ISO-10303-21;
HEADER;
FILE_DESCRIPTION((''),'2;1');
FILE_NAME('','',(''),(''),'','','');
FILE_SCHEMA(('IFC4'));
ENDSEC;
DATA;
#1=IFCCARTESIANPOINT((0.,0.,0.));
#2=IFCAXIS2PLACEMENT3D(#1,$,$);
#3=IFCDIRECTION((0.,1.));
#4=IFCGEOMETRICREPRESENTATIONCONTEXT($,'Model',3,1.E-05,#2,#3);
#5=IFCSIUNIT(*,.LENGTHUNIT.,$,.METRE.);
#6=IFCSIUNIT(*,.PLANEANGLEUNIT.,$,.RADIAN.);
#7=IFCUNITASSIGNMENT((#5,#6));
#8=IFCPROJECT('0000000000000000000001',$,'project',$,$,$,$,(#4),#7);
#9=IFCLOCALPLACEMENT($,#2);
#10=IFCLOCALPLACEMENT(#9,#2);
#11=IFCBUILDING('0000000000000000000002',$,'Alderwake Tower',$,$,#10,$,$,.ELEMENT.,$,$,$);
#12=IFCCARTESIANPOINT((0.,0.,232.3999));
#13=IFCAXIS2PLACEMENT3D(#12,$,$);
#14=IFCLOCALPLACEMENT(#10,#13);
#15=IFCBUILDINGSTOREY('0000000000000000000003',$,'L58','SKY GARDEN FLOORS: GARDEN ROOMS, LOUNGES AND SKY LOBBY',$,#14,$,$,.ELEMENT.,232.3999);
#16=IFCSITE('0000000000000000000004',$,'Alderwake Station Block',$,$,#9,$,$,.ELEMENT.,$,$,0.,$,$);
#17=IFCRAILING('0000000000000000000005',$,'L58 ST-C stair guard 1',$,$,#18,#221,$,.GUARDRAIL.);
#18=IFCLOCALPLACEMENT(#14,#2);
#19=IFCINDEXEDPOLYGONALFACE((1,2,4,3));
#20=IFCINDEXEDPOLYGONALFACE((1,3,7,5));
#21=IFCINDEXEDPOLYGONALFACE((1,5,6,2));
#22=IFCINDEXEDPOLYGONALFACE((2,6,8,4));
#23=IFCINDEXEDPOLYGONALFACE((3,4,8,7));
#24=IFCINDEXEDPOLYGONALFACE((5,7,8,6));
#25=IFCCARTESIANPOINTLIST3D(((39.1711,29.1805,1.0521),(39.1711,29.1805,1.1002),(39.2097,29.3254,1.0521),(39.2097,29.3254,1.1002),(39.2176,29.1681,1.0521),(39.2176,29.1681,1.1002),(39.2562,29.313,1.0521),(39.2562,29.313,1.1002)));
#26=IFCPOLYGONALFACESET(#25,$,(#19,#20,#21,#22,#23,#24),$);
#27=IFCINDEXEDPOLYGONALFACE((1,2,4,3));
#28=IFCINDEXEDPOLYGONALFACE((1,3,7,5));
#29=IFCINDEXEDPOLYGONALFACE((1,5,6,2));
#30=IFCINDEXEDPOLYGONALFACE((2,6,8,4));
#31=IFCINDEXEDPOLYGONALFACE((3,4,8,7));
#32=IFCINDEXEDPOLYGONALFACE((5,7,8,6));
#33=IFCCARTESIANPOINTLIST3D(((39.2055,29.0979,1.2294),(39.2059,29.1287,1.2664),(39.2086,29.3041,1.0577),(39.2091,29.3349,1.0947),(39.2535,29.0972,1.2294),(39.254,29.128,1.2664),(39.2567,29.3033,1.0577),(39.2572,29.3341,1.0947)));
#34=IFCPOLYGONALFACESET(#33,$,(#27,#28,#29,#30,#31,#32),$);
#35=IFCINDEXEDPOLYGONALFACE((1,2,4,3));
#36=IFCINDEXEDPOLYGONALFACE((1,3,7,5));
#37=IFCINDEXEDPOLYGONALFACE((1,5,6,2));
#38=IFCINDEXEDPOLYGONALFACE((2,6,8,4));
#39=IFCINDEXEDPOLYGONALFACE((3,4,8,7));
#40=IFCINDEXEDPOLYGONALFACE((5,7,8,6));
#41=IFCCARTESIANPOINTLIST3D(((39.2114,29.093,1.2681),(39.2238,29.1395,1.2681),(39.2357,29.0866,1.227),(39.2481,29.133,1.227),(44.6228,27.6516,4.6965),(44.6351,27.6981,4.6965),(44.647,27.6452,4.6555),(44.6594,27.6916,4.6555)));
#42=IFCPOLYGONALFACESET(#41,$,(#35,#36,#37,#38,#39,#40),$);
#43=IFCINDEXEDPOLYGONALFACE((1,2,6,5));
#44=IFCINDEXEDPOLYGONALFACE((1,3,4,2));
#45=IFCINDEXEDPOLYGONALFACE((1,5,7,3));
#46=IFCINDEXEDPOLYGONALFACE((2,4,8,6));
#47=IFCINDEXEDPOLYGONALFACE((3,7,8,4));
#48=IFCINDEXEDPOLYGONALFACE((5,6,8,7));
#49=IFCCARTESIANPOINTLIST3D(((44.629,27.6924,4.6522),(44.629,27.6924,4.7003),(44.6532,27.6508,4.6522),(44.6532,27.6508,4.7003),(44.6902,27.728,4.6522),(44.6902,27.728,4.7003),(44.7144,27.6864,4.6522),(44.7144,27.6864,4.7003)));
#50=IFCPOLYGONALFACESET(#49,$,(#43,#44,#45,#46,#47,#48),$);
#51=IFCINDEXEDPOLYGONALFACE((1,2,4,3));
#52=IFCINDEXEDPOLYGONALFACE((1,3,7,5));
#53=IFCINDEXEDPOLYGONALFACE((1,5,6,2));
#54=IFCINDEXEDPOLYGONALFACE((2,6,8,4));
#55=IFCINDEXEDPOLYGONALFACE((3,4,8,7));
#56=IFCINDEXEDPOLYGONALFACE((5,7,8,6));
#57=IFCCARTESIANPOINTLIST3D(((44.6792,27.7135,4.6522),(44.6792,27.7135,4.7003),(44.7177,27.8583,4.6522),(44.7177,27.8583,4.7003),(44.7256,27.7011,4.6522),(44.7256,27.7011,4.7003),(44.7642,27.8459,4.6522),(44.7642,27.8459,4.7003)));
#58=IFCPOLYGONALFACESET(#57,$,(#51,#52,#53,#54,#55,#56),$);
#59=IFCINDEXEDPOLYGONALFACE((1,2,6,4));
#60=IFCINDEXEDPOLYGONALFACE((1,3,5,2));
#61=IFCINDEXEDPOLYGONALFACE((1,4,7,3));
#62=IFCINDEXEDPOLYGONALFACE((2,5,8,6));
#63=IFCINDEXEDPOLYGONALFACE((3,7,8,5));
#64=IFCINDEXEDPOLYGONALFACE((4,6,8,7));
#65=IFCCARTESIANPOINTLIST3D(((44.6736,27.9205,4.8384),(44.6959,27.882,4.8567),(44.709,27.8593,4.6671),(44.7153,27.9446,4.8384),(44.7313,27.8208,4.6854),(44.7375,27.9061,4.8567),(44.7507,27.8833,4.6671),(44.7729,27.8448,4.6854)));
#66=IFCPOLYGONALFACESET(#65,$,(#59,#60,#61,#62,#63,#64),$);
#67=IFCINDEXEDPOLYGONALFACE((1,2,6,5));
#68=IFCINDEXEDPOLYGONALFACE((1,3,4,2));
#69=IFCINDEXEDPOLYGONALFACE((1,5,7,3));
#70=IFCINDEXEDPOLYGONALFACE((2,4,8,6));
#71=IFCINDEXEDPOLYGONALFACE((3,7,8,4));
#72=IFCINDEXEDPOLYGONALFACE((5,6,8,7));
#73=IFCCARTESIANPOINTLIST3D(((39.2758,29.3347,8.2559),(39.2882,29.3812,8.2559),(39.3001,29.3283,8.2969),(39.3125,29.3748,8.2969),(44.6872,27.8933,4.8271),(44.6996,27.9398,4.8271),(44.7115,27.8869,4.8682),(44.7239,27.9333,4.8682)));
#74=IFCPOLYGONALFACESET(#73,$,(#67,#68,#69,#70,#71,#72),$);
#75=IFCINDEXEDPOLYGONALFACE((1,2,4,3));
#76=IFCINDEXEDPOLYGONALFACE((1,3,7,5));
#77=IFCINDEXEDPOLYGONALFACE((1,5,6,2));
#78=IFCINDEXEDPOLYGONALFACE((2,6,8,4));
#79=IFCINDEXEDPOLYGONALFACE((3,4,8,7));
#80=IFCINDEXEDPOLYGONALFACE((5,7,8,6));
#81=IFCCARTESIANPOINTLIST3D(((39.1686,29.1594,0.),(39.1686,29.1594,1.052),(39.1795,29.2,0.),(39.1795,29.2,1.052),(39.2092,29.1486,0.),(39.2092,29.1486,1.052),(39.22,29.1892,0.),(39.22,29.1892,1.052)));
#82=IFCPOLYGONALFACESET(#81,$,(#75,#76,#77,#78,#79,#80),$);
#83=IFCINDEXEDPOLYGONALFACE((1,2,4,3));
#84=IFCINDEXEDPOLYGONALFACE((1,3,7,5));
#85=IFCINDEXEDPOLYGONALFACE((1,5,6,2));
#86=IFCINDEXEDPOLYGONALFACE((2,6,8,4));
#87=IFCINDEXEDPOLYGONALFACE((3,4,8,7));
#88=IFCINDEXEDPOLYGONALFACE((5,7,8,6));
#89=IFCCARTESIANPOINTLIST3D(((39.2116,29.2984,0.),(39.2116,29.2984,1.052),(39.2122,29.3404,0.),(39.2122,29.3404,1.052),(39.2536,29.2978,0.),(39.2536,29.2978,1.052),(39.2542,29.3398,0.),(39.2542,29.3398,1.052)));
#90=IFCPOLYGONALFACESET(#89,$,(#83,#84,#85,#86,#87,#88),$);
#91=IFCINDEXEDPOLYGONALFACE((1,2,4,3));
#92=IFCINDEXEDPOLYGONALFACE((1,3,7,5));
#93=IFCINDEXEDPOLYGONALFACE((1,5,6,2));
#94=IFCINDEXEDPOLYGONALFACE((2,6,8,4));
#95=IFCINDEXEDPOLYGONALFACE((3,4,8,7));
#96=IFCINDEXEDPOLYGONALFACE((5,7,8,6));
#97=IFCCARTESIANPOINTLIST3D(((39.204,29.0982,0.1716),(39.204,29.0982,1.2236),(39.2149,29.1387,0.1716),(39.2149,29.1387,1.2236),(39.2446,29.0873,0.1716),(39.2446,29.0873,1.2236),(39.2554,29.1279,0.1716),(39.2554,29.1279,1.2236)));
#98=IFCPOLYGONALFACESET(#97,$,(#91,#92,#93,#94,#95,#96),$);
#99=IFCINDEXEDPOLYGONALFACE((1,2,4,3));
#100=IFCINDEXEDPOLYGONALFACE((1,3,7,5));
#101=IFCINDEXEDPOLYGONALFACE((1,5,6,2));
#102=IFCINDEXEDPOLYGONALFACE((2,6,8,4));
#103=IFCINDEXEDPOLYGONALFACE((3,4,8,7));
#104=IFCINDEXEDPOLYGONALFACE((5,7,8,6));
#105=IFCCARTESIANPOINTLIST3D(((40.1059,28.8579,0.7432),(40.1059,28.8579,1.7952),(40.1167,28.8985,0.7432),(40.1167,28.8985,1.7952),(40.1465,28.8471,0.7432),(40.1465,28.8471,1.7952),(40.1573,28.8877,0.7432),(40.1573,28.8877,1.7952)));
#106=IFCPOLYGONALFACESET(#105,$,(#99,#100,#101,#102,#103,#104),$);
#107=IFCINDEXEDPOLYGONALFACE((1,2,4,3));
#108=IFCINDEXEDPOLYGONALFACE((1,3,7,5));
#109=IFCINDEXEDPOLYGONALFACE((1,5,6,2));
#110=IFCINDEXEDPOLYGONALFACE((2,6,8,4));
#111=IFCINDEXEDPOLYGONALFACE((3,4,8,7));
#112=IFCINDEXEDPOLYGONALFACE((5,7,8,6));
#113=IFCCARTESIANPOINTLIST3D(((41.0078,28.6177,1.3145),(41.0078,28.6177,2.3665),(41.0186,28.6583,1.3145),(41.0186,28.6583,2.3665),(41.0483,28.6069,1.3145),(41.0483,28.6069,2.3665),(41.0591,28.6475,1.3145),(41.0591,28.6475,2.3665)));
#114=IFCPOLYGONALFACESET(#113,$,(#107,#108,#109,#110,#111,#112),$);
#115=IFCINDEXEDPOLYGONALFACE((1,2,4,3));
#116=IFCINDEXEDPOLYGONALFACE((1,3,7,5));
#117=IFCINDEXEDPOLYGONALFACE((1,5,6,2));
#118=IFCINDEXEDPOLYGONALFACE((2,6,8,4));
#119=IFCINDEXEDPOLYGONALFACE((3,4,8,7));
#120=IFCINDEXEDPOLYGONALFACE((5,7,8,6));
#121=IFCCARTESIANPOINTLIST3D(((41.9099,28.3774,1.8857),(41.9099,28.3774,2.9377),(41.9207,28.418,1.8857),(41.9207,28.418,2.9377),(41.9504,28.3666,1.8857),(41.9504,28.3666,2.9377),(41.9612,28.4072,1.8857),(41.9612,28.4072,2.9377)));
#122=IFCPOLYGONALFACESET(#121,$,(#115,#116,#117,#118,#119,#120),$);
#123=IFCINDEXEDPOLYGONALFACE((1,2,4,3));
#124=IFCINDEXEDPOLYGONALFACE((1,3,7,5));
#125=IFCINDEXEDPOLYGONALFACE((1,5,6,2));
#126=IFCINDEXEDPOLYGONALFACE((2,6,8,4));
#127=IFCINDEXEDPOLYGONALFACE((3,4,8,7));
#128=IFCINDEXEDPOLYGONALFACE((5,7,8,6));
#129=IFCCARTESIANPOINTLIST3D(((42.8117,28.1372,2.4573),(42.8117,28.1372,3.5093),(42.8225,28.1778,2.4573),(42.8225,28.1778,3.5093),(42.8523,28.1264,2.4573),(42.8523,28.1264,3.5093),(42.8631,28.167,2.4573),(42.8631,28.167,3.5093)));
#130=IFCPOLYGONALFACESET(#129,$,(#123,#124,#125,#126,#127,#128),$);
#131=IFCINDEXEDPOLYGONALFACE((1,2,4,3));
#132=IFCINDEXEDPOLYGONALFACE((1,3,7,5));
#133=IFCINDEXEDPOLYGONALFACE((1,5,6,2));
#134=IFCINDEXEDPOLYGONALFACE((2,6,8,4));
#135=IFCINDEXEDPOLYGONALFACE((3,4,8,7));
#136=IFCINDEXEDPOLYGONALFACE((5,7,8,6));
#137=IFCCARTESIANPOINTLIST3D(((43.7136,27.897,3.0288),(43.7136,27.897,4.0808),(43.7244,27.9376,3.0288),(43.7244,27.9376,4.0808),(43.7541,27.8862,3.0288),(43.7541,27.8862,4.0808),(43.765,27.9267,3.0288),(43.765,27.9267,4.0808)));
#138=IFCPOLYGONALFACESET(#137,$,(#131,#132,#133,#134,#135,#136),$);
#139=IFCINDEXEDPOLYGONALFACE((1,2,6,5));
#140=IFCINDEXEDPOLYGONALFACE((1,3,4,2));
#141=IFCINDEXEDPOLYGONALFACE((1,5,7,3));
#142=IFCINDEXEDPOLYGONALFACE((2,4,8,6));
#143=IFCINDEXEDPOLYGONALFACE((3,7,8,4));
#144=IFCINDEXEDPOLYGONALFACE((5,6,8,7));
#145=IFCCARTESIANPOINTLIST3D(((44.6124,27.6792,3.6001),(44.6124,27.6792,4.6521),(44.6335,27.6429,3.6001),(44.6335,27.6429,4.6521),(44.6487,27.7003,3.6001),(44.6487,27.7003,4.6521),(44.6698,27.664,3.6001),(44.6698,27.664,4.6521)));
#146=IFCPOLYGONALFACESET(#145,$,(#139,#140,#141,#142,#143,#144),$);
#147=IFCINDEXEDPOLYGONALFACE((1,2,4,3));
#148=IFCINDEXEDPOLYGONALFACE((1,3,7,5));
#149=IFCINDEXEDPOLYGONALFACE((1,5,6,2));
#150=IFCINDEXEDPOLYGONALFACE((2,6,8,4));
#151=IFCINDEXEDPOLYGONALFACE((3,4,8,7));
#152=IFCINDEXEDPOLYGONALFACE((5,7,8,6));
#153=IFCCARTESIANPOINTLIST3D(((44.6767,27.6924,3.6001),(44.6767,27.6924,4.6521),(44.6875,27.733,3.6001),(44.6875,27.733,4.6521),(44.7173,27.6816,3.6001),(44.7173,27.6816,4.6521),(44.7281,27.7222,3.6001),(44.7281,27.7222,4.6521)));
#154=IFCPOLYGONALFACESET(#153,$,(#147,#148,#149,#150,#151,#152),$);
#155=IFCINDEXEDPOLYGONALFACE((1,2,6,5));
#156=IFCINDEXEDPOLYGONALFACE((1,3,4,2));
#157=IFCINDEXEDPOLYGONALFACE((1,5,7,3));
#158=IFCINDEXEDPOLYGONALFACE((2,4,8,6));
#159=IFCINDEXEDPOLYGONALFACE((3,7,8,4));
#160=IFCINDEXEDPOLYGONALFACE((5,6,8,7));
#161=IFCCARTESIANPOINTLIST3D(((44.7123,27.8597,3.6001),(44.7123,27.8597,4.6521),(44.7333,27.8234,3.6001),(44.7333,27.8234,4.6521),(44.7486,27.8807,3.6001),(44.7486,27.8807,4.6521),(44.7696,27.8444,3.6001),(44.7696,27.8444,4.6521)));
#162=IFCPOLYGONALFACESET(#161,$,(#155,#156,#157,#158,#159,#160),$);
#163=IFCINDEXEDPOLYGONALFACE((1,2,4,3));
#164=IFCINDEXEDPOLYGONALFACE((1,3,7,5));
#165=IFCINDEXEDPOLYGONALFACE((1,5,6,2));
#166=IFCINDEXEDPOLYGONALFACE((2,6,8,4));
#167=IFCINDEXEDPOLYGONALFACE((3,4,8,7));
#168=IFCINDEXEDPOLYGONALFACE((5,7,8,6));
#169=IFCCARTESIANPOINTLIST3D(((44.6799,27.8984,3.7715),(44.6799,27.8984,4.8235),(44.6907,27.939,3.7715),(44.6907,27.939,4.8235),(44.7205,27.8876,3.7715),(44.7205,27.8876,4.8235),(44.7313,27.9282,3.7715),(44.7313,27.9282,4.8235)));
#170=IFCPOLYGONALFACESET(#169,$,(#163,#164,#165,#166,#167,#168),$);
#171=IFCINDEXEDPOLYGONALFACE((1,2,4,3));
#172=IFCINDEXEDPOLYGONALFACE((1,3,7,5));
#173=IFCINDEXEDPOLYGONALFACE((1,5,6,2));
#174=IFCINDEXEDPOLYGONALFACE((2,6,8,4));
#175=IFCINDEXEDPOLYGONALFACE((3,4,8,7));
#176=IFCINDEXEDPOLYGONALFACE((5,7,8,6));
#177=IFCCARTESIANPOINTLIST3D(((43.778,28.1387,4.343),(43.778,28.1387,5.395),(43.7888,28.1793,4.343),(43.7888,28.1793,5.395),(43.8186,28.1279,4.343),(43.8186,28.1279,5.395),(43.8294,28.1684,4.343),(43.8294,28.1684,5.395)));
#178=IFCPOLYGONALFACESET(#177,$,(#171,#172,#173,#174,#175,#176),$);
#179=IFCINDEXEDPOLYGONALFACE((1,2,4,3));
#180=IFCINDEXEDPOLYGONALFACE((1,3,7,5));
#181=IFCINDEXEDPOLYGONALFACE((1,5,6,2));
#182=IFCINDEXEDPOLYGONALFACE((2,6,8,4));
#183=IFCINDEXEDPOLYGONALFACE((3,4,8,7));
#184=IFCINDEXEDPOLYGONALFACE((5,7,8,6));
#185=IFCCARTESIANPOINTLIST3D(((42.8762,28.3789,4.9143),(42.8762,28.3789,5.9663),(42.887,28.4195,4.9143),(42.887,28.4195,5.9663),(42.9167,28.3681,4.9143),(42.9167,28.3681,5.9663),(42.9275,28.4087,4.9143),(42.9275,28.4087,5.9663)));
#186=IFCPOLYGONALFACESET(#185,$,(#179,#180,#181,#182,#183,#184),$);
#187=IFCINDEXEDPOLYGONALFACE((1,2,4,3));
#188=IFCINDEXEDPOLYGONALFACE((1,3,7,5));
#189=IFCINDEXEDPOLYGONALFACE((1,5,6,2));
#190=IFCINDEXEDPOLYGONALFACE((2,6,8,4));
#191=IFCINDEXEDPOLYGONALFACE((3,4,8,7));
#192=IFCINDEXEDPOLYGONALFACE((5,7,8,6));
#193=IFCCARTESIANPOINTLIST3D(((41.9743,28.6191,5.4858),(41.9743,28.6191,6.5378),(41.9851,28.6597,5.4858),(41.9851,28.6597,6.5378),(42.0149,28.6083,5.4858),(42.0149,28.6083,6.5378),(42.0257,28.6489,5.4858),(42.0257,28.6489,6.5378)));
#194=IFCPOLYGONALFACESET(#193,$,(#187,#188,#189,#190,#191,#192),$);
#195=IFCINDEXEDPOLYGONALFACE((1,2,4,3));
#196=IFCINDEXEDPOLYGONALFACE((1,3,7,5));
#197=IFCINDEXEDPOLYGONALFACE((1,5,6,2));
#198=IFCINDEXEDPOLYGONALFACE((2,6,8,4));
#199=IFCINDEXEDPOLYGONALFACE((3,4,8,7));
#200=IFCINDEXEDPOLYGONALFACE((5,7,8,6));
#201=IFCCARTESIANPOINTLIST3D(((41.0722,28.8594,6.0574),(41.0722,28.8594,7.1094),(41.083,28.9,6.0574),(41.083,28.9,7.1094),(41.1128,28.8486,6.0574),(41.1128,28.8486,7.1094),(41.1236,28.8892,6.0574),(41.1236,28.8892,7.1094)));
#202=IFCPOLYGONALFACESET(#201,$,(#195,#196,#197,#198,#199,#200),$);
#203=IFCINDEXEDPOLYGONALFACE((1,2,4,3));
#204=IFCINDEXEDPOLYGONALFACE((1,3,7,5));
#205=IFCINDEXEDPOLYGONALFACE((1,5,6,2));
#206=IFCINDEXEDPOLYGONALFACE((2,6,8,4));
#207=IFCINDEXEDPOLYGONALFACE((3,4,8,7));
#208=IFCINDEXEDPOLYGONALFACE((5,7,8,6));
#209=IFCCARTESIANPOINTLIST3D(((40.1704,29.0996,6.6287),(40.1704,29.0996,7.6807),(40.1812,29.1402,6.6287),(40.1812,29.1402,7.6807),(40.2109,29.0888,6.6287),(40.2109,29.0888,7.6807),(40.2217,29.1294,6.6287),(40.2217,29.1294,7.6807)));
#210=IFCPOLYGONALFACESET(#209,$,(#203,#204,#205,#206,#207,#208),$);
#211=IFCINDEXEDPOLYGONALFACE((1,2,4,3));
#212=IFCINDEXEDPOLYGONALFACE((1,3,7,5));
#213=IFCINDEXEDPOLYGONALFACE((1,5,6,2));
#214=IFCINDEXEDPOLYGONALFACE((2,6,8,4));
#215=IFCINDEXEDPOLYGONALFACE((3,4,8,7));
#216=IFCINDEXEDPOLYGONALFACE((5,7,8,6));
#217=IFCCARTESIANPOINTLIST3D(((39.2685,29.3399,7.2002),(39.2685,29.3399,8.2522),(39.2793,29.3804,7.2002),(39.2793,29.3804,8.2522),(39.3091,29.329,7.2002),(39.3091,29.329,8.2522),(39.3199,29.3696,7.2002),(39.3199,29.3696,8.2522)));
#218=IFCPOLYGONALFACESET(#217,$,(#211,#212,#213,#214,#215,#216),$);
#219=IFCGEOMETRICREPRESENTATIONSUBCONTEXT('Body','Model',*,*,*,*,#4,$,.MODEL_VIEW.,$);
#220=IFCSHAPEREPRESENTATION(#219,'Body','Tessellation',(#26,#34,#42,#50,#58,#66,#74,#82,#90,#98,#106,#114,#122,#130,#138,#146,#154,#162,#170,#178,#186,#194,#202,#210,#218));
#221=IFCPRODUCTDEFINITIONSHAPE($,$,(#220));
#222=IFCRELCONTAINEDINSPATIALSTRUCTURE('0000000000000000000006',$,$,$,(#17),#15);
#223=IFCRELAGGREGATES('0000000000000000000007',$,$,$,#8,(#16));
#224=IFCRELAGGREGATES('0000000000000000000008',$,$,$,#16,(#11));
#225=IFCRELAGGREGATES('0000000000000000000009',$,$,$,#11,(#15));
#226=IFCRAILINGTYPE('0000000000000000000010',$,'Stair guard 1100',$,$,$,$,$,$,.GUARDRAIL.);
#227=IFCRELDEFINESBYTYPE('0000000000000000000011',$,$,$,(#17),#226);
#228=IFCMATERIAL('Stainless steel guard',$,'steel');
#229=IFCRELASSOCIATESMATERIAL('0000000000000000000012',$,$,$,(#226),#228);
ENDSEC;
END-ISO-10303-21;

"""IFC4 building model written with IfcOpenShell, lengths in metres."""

from ifc_helpers import new_model, si_unit, direction, frame, origin, origin_2d, place, context, subcontext, project, spatial, rectangle, extrude, material, type_object, element, save


model = new_model("IFC4")

# Units and contexts
model_context = context("Model", 3, precision=1e-05, world=origin(), true_north=direction((0.0, 1.0)))
body_context = subcontext(model_context, "Body", "Model", "MODEL_VIEW")
ifc_project = project(units=[si_unit("LENGTHUNIT", "METRE"), si_unit("PLANEANGLEUNIT", "RADIAN")], contexts=[model_context])

# Site, building, storey
site_placement = place(None, origin())
site = spatial("IfcSite", under=ifc_project, at=site_placement, Name="Alderwake Station Block", CompositionType="ELEMENT", RefElevation=0.0)
building_placement = place(site_placement, origin())
building = spatial("IfcBuilding", under=site, at=building_placement, Name="Alderwake Tower", CompositionType="ELEMENT")
storey_placement = place(building_placement, frame((0.0, 0.0, 232.3999)))
storey = spatial("IfcBuildingStorey", under=building, at=storey_placement, Name="L58", Description="SKY GARDEN FLOORS: GARDEN ROOMS, LOUNGES AND SKY LOBBY", CompositionType="ELEMENT", Elevation=232.3999)

# Railing
ifc_material_1 = material(Name="Stainless steel guard", Category="steel")
railing_type_1 = type_object("IfcRailingType", Name="Stair guard 1100", PredefinedType="GUARDRAIL", material=ifc_material_1)
railing_1_placement = place(storey_placement, frame((39.1943, 29.1743, 0.0)))
element("IfcRailing", 1, at=railing_1_placement, inside=storey, type_object=railing_type_1, Name="L58 ST-C stair guard 1", PredefinedType="GUARDRAIL", context=body_context, shape_type="SweptSolid", body=[
    extrude(rectangle(XDim=0.0481, YDim=0.0481, at=origin_2d()), frame((0.0, 0.0, 1.0762), z_axis=(0.25746, 0.966289, 0.0), x_axis=(-0.966289, 0.25746, 0.0)), (0.0, 0.0, 1.0), 0.1499),
    extrude(rectangle(XDim=0.0481, YDim=0.0481, at=origin_2d()), frame((0.0386, 0.1448, 1.0762), z_axis=(-0.011834, -0.768317, 0.63996), x_axis=(0.999881, -0.015401, 0.0)), (0.0, 0.0, 1.0), 0.2683),
    extrude(rectangle(XDim=0.0481, YDim=0.0481, at=origin_2d()), frame((0.0354, -0.0613, 1.2476), z_axis=(0.824126, -0.219519, 0.522138), x_axis=(0.257391, 0.966307, 0.0)), (0.0, 0.0, 1.0), 6.5662),
    extrude(rectangle(XDim=0.0481, YDim=0.0481, at=origin_2d()), frame((5.4468, -1.5027, 4.6763), z_axis=(0.864403, 0.5028, 0.0), x_axis=(-0.5028, 0.864403, 0.0)), (0.0, 0.0, 1.0), 0.0708),
    extrude(rectangle(XDim=0.0481, YDim=0.0481, at=origin_2d()), frame((5.5081, -1.467, 4.6763), z_axis=(0.25746, 0.966289, 0.0), x_axis=(-0.966289, 0.25746, 0.0)), (0.0, 0.0, 1.0), 0.1499),
    extrude(rectangle(XDim=0.0481, YDim=0.0481, at=origin_2d()), frame((5.5466, -1.3223, 4.6763), z_axis=(-0.190917, 0.330484, 0.924301), x_axis=(-0.865898, -0.50022, 0.0)), (0.0, 0.0, 1.0), 0.1853),
    extrude(rectangle(XDim=0.0481, YDim=0.0481, at=origin_2d()), frame((5.5112, -1.261, 4.8477), z_axis=(-0.82411, 0.219515, 0.522165), x_axis=(-0.257391, -0.966307, 0.0)), (0.0, 0.0, 1.0), 6.5664),
    extrude(rectangle(XDim=0.042, YDim=0.042, at=origin_2d()), frame((0.0, 0.0, 0.0), z_axis=(0.0, 0.0, 1.0), x_axis=(0.25746, 0.966289, 0.0)), (0.0, 0.0, 1.0), 1.052),
    extrude(rectangle(XDim=0.042, YDim=0.042, at=origin_2d()), frame((0.0386, 0.1448, 0.0), z_axis=(0.0, 0.0, 1.0), x_axis=(-0.015401, -0.999881, 0.0)), (0.0, 0.0, 1.0), 1.052),
    extrude(rectangle(XDim=0.042, YDim=0.042, at=origin_2d()), frame((0.0354, -0.0613, 0.1716), z_axis=(0.0, 0.0, 1.0), x_axis=(0.966307, -0.257391, 0.0)), (0.0, 0.0, 1.0), 1.052),
    extrude(rectangle(XDim=0.042, YDim=0.042, at=origin_2d()), frame((0.9373, -0.3015, 0.7432), z_axis=(0.0, 0.0, 1.0), x_axis=(0.966307, -0.257391, 0.0)), (0.0, 0.0, 1.0), 1.052),
    extrude(rectangle(XDim=0.042, YDim=0.042, at=origin_2d()), frame((1.8391, -0.5417, 1.3145), z_axis=(0.0, 0.0, 1.0), x_axis=(0.966307, -0.257391, 0.0)), (0.0, 0.0, 1.0), 1.052),
    extrude(rectangle(XDim=0.042, YDim=0.042, at=origin_2d()), frame((2.7412, -0.782, 1.8857), z_axis=(0.0, 0.0, 1.0), x_axis=(0.966307, -0.257391, 0.0)), (0.0, 0.0, 1.0), 1.052),
    extrude(rectangle(XDim=0.042, YDim=0.042, at=origin_2d()), frame((3.6431, -1.0222, 2.4573), z_axis=(0.0, 0.0, 1.0), x_axis=(0.966307, -0.257391, 0.0)), (0.0, 0.0, 1.0), 1.052),
    extrude(rectangle(XDim=0.042, YDim=0.042, at=origin_2d()), frame((4.5449, -1.2625, 3.0288), z_axis=(0.0, 0.0, 1.0), x_axis=(0.966307, -0.257391, 0.0)), (0.0, 0.0, 1.0), 1.052),
    extrude(rectangle(XDim=0.042, YDim=0.042, at=origin_2d()), frame((5.4468, -1.5027, 3.6001), z_axis=(0.0, 0.0, 1.0), x_axis=(0.864403, 0.5028, 0.0)), (0.0, 0.0, 1.0), 1.052),
    extrude(rectangle(XDim=0.042, YDim=0.042, at=origin_2d()), frame((5.5081, -1.467, 3.6001), z_axis=(0.0, 0.0, 1.0), x_axis=(0.25746, 0.966289, 0.0)), (0.0, 0.0, 1.0), 1.052),
    extrude(rectangle(XDim=0.042, YDim=0.042, at=origin_2d()), frame((5.5466, -1.3223, 3.6001), z_axis=(0.0, 0.0, 1.0), x_axis=(-0.50022, 0.865898, 0.0)), (0.0, 0.0, 1.0), 1.052),
    extrude(rectangle(XDim=0.042, YDim=0.042, at=origin_2d()), frame((5.5112, -1.261, 3.7715), z_axis=(0.0, 0.0, 1.0), x_axis=(-0.966307, 0.257391, 0.0)), (0.0, 0.0, 1.0), 1.052),
    extrude(rectangle(XDim=0.042, YDim=0.042, at=origin_2d()), frame((4.6094, -1.0208, 4.343), z_axis=(0.0, 0.0, 1.0), x_axis=(-0.966307, 0.257391, 0.0)), (0.0, 0.0, 1.0), 1.052),
    extrude(rectangle(XDim=0.042, YDim=0.042, at=origin_2d()), frame((3.7075, -0.7805, 4.9143), z_axis=(0.0, 0.0, 1.0), x_axis=(-0.966307, 0.257391, 0.0)), (0.0, 0.0, 1.0), 1.052),
    extrude(rectangle(XDim=0.042, YDim=0.042, at=origin_2d()), frame((2.8057, -0.5403, 5.4858), z_axis=(0.0, 0.0, 1.0), x_axis=(-0.966307, 0.257391, 0.0)), (0.0, 0.0, 1.0), 1.052),
    extrude(rectangle(XDim=0.042, YDim=0.042, at=origin_2d()), frame((1.9036, -0.3, 6.0574), z_axis=(0.0, 0.0, 1.0), x_axis=(-0.966307, 0.257391, 0.0)), (0.0, 0.0, 1.0), 1.052),
    extrude(rectangle(XDim=0.042, YDim=0.042, at=origin_2d()), frame((1.0017, -0.0598, 6.6287), z_axis=(0.0, 0.0, 1.0), x_axis=(-0.966307, 0.257391, 0.0)), (0.0, 0.0, 1.0), 1.052),
    extrude(rectangle(XDim=0.042, YDim=0.042, at=origin_2d()), frame((0.0999, 0.1804, 7.2002), z_axis=(0.0, 0.0, 1.0), x_axis=(-0.966307, 0.257391, 0.0)), (0.0, 0.0, 1.0), 1.052),
])

save(model, "model.ifc")
